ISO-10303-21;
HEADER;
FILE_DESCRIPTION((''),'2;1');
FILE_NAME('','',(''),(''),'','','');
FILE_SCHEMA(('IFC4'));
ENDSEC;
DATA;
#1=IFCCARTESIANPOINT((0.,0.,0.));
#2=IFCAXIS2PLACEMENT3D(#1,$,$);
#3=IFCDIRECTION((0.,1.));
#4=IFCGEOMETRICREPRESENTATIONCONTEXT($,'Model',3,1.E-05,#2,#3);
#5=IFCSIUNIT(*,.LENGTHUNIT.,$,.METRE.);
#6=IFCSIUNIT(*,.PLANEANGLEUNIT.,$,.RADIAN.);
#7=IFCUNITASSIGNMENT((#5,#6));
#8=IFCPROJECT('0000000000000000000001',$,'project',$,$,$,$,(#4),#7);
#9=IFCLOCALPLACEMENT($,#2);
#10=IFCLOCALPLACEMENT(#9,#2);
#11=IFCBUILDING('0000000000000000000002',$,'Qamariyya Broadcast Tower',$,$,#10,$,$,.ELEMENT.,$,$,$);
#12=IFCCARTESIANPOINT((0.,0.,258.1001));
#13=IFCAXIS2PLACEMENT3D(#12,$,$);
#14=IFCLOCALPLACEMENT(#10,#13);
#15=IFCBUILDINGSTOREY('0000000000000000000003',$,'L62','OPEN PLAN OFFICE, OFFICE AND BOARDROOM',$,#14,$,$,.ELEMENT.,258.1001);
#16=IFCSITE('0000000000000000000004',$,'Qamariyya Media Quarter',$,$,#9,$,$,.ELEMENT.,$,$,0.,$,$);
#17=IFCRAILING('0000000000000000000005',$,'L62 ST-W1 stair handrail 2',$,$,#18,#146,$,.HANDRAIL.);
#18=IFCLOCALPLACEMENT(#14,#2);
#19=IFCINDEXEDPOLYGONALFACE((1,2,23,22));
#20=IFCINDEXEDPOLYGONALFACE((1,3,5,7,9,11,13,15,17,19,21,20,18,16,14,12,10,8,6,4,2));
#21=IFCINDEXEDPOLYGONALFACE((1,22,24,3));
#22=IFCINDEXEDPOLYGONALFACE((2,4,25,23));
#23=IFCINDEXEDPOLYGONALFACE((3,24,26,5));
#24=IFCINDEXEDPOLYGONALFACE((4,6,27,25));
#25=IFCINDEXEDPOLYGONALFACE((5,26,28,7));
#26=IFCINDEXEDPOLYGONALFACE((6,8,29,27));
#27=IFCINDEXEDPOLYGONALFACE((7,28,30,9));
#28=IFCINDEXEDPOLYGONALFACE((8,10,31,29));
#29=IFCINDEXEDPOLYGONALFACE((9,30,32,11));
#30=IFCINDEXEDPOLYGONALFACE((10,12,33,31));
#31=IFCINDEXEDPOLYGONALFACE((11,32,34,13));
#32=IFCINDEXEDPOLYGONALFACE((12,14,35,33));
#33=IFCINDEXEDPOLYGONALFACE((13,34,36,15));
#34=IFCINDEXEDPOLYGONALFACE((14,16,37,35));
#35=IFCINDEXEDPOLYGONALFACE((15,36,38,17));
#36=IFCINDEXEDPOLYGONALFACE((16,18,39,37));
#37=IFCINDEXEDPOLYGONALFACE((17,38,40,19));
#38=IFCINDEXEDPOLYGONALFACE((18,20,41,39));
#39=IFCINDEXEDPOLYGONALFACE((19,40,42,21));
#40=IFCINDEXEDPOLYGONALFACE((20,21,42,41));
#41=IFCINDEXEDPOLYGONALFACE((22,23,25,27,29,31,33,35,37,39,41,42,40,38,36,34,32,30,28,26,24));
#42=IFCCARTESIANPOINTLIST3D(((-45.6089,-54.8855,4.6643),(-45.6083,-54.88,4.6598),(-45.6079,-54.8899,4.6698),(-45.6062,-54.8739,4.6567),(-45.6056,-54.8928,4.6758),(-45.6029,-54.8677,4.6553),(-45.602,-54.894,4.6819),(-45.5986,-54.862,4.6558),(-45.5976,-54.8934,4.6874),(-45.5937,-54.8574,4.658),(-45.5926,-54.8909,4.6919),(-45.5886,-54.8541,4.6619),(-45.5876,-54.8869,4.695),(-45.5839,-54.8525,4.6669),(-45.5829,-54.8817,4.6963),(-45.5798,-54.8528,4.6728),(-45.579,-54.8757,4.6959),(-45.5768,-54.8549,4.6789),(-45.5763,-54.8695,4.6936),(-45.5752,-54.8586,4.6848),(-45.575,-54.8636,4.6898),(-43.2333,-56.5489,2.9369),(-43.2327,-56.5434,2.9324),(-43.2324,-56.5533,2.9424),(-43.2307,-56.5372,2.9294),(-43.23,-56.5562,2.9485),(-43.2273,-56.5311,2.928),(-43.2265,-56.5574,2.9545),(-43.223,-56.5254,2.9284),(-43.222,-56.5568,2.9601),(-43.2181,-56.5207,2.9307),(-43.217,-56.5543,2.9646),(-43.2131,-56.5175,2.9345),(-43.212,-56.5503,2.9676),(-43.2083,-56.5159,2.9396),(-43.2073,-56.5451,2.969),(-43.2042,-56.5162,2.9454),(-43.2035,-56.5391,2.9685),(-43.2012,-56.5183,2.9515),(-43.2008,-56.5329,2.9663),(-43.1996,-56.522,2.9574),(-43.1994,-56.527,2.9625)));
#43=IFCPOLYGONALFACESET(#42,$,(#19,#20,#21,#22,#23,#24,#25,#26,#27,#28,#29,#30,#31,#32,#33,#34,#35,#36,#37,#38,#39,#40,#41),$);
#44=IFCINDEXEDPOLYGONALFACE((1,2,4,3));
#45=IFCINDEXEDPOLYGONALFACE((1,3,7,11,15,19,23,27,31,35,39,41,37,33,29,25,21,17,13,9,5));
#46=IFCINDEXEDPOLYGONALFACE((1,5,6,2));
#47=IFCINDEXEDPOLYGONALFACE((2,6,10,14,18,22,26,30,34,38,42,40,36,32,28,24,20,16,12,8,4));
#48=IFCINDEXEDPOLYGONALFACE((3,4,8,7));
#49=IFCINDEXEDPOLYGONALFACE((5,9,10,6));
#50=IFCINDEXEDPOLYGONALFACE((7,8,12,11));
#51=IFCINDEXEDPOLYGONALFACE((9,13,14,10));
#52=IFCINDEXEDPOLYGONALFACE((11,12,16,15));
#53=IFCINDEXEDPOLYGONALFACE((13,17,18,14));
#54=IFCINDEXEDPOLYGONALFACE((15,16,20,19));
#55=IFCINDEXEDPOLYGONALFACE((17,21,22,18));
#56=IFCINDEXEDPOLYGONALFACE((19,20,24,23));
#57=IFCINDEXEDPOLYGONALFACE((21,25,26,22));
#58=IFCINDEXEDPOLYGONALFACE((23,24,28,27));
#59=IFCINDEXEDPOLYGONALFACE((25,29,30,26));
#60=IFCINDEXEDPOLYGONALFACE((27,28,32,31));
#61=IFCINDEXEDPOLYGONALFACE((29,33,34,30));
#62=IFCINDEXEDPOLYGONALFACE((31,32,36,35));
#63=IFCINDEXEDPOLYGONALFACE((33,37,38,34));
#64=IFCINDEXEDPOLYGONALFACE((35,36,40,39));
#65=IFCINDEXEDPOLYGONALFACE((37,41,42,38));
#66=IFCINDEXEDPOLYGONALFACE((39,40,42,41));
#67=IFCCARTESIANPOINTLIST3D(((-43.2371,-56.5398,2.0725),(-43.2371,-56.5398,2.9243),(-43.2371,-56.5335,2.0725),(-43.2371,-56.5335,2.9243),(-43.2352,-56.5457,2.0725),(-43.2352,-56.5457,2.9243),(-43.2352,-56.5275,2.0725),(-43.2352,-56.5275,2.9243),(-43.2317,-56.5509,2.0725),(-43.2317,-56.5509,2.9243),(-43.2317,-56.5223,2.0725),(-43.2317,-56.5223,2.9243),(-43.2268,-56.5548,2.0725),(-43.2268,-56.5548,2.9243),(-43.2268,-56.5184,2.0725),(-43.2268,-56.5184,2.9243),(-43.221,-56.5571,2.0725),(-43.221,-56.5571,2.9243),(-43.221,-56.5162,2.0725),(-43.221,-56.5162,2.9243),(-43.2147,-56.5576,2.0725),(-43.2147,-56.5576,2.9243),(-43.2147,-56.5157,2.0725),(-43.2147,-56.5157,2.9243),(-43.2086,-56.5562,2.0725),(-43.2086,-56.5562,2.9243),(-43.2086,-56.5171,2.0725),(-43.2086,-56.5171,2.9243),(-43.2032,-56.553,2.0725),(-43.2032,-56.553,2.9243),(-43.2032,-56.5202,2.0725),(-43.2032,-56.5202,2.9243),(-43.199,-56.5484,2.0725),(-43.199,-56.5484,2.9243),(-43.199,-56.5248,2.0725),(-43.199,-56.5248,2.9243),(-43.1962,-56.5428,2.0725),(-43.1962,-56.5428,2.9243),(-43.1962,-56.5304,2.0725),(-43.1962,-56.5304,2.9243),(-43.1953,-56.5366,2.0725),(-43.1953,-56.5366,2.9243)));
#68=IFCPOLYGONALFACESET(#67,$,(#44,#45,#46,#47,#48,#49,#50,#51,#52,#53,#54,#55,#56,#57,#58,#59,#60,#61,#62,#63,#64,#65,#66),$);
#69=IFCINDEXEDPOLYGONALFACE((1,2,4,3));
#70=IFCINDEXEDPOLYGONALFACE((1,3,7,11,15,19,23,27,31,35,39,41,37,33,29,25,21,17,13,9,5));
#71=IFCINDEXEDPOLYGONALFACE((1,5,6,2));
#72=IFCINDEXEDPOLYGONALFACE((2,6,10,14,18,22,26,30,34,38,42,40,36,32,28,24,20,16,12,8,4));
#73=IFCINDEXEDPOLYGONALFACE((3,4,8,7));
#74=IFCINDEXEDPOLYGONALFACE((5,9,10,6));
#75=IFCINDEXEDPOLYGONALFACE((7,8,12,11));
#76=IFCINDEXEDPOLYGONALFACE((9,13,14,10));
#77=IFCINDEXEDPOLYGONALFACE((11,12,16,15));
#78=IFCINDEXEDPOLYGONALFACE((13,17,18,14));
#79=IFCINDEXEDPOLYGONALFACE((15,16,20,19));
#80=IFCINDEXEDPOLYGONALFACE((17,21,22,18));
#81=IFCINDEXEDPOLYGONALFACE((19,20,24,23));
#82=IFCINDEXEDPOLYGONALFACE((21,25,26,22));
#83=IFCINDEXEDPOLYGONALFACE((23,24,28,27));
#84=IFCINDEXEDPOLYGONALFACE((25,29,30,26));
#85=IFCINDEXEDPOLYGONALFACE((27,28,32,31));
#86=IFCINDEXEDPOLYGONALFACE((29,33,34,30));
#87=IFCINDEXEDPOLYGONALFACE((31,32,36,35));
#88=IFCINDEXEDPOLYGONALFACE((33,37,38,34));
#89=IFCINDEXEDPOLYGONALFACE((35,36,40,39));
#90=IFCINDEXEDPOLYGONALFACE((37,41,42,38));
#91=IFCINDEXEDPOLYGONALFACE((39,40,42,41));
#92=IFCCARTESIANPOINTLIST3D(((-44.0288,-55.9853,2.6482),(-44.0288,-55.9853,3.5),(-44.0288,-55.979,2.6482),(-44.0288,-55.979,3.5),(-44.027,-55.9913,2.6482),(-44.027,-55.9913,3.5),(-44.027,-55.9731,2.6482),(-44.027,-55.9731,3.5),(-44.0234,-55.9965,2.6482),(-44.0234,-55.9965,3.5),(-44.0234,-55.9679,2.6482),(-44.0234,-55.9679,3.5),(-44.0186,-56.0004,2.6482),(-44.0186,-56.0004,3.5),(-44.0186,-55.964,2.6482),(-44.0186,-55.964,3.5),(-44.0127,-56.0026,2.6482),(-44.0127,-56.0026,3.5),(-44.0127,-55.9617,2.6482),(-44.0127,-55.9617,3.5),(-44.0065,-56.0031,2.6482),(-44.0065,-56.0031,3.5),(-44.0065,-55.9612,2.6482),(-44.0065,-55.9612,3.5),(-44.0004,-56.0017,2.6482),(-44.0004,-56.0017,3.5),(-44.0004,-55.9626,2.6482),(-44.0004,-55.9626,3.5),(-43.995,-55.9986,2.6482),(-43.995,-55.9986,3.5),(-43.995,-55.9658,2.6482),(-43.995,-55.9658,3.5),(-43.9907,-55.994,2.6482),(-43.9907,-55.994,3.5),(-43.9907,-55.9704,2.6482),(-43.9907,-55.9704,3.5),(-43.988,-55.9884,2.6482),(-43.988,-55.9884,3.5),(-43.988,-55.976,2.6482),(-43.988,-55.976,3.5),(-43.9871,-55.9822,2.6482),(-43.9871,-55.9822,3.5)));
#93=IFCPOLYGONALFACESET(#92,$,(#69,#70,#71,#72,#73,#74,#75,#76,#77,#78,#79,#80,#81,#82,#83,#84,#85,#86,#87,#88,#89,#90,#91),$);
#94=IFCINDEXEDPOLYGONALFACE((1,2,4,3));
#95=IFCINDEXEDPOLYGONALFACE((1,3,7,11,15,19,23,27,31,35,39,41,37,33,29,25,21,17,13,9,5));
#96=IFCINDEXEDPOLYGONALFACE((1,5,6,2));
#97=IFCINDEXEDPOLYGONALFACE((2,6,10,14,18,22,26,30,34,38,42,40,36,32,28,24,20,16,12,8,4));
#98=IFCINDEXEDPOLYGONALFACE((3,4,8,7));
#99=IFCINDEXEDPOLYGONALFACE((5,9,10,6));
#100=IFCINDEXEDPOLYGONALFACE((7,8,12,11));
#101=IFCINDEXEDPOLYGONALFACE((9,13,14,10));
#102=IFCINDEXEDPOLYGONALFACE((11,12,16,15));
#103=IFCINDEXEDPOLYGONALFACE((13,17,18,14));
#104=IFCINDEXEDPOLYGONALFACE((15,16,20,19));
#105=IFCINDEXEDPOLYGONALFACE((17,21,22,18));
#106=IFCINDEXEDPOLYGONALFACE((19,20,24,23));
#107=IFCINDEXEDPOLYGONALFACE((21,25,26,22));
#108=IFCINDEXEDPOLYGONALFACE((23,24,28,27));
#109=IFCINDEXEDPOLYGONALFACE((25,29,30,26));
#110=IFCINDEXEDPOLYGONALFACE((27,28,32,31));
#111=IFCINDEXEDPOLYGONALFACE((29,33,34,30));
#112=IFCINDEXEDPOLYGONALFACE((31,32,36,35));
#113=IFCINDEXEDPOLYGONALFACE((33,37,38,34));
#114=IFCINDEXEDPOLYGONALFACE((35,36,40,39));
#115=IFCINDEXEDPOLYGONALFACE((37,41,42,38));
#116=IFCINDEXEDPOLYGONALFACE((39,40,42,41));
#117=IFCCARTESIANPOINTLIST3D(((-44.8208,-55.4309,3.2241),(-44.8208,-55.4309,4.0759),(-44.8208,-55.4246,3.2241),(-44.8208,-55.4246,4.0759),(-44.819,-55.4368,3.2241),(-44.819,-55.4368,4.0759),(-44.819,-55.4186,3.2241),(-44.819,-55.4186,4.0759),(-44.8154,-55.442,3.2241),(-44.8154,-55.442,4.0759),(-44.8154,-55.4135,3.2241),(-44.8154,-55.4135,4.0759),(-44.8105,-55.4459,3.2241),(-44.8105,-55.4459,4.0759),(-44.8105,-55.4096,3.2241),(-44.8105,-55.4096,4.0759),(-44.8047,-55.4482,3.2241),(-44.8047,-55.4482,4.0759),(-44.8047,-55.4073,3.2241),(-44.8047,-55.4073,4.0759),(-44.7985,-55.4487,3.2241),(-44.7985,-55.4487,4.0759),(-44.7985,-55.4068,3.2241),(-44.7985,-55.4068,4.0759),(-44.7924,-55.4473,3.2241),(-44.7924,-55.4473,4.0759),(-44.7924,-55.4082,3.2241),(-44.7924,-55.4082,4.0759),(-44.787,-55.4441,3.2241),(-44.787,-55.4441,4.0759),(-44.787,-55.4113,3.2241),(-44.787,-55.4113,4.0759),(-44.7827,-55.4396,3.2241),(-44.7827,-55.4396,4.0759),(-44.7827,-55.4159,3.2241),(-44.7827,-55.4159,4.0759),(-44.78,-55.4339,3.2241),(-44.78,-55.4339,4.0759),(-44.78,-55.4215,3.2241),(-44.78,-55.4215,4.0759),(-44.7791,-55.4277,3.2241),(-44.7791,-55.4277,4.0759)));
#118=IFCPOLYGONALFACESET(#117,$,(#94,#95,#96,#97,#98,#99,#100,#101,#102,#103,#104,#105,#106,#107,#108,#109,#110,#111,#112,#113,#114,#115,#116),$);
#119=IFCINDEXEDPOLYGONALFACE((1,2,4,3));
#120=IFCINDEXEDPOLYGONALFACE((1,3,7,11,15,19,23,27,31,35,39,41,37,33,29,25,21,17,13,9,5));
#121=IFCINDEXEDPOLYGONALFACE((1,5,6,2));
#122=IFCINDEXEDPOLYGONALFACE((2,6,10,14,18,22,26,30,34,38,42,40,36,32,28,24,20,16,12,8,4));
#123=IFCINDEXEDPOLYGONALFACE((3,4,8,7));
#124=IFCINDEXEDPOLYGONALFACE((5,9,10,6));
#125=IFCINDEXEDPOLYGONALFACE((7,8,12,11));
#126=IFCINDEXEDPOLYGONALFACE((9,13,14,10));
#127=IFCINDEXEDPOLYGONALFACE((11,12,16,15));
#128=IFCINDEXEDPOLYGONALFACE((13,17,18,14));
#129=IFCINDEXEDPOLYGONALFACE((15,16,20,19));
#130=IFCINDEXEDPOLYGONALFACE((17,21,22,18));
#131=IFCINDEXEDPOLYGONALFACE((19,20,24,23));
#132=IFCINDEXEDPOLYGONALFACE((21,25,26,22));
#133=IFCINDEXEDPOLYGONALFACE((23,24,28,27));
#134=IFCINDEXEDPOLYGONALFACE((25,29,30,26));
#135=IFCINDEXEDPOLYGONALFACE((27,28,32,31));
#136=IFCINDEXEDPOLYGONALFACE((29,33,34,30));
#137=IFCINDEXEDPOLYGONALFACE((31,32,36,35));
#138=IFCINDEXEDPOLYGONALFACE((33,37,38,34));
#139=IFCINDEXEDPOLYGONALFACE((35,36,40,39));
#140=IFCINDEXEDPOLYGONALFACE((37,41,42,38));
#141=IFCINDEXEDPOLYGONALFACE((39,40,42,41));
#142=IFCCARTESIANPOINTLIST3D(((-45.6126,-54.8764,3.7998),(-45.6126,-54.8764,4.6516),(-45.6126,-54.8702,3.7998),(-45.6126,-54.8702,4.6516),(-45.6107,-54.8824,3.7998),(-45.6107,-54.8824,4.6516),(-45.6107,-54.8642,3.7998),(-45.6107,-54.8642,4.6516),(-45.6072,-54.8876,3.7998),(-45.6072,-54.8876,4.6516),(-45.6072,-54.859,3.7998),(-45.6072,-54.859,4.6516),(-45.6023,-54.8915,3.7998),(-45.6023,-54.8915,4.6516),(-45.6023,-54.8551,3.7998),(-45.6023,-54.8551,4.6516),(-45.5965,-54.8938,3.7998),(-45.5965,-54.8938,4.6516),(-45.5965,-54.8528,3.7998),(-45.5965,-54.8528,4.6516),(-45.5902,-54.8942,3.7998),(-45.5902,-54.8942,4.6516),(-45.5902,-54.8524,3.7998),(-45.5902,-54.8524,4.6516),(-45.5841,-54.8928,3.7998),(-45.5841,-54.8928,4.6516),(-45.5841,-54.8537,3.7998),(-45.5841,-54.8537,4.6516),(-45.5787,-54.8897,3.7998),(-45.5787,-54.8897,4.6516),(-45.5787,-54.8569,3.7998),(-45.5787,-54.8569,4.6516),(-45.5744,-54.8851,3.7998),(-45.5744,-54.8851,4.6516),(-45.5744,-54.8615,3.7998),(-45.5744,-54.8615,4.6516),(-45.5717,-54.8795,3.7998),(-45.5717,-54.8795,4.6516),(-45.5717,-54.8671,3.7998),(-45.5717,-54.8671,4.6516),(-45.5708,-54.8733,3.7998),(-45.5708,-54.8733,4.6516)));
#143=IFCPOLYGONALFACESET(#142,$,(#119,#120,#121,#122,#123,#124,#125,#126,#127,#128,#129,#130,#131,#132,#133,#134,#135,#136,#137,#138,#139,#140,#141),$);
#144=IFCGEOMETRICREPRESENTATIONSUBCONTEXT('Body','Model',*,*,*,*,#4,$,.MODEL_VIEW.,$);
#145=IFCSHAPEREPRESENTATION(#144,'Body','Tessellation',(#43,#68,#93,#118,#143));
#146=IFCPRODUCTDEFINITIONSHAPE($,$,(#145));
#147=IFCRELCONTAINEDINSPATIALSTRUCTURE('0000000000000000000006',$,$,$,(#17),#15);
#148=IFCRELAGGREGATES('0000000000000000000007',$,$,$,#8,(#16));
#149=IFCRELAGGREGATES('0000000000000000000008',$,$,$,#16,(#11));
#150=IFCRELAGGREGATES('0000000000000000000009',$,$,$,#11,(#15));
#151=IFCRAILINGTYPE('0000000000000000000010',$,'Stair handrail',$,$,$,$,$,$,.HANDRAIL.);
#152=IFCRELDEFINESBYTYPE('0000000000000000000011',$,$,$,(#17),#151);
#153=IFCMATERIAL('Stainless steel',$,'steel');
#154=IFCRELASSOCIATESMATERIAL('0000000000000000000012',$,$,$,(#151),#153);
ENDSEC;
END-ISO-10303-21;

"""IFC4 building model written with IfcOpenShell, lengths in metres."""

from ifc_helpers import new_model, si_unit, direction, frame, origin, origin_2d, place, context, subcontext, project, spatial, circle, extrude, material, type_object, element, save


model = new_model("IFC4")

# Units and contexts
model_context = context("Model", 3, precision=1e-05, world=origin(), true_north=direction((0.0, 1.0)))
body_context = subcontext(model_context, "Body", "Model", "MODEL_VIEW")
ifc_project = project(units=[si_unit("LENGTHUNIT", "METRE"), si_unit("PLANEANGLEUNIT", "RADIAN")], contexts=[model_context])

# Site, building, storey
site_placement = place(None, origin())
site = spatial("IfcSite", under=ifc_project, at=site_placement, Name="Qamariyya Media Quarter", CompositionType="ELEMENT", RefElevation=0.0)
building_placement = place(site_placement, origin())
building = spatial("IfcBuilding", under=site, at=building_placement, Name="Qamariyya Broadcast Tower", CompositionType="ELEMENT")
storey_placement = place(building_placement, frame((0.0, 0.0, 258.1001)))
storey = spatial("IfcBuildingStorey", under=building, at=storey_placement, Name="L62", Description="OPEN PLAN OFFICE, OFFICE AND BOARDROOM", CompositionType="ELEMENT", Elevation=258.1001)

# Railing
ifc_material_1 = material(Name="Stainless steel", Category="steel")
railing_type_1 = type_object("IfcRailingType", Name="Stair handrail", PredefinedType="HANDRAIL", material=ifc_material_1)
railing_1_placement = place(storey_placement, frame((-43.2163, -56.5366, 2.0725)))
element("IfcRailing", 1, at=railing_1_placement, inside=storey, type_object=railing_type_1, Name="L62 ST-W1 stair handrail 2", PredefinedType="HANDRAIL", context=body_context, shape_type="SweptSolid", body=[
    extrude(circle(Radius=0.0239, at=origin_2d()), frame((0.0, 0.0, 0.876), z_axis=(-0.70377, 0.492784, 0.511734), x_axis=(-0.573575, -0.819153, 0.0)), (0.0, 0.0, 1.0), 3.3755),
    extrude(circle(Radius=0.021, at=origin_2d()), origin(), (0.0, 0.0, 1.0), 0.8518),
    extrude(circle(Radius=0.021, at=origin_2d()), frame((-0.7917, 0.5544, 0.5757)), (0.0, 0.0, 1.0), 0.8518),
    extrude(circle(Radius=0.021, at=origin_2d()), frame((-1.5837, 1.1089, 1.1516)), (0.0, 0.0, 1.0), 0.8518),
    extrude(circle(Radius=0.021, at=origin_2d()), frame((-2.3755, 1.6633, 1.7273)), (0.0, 0.0, 1.0), 0.8518),
])

save(model, "model.ifc")
